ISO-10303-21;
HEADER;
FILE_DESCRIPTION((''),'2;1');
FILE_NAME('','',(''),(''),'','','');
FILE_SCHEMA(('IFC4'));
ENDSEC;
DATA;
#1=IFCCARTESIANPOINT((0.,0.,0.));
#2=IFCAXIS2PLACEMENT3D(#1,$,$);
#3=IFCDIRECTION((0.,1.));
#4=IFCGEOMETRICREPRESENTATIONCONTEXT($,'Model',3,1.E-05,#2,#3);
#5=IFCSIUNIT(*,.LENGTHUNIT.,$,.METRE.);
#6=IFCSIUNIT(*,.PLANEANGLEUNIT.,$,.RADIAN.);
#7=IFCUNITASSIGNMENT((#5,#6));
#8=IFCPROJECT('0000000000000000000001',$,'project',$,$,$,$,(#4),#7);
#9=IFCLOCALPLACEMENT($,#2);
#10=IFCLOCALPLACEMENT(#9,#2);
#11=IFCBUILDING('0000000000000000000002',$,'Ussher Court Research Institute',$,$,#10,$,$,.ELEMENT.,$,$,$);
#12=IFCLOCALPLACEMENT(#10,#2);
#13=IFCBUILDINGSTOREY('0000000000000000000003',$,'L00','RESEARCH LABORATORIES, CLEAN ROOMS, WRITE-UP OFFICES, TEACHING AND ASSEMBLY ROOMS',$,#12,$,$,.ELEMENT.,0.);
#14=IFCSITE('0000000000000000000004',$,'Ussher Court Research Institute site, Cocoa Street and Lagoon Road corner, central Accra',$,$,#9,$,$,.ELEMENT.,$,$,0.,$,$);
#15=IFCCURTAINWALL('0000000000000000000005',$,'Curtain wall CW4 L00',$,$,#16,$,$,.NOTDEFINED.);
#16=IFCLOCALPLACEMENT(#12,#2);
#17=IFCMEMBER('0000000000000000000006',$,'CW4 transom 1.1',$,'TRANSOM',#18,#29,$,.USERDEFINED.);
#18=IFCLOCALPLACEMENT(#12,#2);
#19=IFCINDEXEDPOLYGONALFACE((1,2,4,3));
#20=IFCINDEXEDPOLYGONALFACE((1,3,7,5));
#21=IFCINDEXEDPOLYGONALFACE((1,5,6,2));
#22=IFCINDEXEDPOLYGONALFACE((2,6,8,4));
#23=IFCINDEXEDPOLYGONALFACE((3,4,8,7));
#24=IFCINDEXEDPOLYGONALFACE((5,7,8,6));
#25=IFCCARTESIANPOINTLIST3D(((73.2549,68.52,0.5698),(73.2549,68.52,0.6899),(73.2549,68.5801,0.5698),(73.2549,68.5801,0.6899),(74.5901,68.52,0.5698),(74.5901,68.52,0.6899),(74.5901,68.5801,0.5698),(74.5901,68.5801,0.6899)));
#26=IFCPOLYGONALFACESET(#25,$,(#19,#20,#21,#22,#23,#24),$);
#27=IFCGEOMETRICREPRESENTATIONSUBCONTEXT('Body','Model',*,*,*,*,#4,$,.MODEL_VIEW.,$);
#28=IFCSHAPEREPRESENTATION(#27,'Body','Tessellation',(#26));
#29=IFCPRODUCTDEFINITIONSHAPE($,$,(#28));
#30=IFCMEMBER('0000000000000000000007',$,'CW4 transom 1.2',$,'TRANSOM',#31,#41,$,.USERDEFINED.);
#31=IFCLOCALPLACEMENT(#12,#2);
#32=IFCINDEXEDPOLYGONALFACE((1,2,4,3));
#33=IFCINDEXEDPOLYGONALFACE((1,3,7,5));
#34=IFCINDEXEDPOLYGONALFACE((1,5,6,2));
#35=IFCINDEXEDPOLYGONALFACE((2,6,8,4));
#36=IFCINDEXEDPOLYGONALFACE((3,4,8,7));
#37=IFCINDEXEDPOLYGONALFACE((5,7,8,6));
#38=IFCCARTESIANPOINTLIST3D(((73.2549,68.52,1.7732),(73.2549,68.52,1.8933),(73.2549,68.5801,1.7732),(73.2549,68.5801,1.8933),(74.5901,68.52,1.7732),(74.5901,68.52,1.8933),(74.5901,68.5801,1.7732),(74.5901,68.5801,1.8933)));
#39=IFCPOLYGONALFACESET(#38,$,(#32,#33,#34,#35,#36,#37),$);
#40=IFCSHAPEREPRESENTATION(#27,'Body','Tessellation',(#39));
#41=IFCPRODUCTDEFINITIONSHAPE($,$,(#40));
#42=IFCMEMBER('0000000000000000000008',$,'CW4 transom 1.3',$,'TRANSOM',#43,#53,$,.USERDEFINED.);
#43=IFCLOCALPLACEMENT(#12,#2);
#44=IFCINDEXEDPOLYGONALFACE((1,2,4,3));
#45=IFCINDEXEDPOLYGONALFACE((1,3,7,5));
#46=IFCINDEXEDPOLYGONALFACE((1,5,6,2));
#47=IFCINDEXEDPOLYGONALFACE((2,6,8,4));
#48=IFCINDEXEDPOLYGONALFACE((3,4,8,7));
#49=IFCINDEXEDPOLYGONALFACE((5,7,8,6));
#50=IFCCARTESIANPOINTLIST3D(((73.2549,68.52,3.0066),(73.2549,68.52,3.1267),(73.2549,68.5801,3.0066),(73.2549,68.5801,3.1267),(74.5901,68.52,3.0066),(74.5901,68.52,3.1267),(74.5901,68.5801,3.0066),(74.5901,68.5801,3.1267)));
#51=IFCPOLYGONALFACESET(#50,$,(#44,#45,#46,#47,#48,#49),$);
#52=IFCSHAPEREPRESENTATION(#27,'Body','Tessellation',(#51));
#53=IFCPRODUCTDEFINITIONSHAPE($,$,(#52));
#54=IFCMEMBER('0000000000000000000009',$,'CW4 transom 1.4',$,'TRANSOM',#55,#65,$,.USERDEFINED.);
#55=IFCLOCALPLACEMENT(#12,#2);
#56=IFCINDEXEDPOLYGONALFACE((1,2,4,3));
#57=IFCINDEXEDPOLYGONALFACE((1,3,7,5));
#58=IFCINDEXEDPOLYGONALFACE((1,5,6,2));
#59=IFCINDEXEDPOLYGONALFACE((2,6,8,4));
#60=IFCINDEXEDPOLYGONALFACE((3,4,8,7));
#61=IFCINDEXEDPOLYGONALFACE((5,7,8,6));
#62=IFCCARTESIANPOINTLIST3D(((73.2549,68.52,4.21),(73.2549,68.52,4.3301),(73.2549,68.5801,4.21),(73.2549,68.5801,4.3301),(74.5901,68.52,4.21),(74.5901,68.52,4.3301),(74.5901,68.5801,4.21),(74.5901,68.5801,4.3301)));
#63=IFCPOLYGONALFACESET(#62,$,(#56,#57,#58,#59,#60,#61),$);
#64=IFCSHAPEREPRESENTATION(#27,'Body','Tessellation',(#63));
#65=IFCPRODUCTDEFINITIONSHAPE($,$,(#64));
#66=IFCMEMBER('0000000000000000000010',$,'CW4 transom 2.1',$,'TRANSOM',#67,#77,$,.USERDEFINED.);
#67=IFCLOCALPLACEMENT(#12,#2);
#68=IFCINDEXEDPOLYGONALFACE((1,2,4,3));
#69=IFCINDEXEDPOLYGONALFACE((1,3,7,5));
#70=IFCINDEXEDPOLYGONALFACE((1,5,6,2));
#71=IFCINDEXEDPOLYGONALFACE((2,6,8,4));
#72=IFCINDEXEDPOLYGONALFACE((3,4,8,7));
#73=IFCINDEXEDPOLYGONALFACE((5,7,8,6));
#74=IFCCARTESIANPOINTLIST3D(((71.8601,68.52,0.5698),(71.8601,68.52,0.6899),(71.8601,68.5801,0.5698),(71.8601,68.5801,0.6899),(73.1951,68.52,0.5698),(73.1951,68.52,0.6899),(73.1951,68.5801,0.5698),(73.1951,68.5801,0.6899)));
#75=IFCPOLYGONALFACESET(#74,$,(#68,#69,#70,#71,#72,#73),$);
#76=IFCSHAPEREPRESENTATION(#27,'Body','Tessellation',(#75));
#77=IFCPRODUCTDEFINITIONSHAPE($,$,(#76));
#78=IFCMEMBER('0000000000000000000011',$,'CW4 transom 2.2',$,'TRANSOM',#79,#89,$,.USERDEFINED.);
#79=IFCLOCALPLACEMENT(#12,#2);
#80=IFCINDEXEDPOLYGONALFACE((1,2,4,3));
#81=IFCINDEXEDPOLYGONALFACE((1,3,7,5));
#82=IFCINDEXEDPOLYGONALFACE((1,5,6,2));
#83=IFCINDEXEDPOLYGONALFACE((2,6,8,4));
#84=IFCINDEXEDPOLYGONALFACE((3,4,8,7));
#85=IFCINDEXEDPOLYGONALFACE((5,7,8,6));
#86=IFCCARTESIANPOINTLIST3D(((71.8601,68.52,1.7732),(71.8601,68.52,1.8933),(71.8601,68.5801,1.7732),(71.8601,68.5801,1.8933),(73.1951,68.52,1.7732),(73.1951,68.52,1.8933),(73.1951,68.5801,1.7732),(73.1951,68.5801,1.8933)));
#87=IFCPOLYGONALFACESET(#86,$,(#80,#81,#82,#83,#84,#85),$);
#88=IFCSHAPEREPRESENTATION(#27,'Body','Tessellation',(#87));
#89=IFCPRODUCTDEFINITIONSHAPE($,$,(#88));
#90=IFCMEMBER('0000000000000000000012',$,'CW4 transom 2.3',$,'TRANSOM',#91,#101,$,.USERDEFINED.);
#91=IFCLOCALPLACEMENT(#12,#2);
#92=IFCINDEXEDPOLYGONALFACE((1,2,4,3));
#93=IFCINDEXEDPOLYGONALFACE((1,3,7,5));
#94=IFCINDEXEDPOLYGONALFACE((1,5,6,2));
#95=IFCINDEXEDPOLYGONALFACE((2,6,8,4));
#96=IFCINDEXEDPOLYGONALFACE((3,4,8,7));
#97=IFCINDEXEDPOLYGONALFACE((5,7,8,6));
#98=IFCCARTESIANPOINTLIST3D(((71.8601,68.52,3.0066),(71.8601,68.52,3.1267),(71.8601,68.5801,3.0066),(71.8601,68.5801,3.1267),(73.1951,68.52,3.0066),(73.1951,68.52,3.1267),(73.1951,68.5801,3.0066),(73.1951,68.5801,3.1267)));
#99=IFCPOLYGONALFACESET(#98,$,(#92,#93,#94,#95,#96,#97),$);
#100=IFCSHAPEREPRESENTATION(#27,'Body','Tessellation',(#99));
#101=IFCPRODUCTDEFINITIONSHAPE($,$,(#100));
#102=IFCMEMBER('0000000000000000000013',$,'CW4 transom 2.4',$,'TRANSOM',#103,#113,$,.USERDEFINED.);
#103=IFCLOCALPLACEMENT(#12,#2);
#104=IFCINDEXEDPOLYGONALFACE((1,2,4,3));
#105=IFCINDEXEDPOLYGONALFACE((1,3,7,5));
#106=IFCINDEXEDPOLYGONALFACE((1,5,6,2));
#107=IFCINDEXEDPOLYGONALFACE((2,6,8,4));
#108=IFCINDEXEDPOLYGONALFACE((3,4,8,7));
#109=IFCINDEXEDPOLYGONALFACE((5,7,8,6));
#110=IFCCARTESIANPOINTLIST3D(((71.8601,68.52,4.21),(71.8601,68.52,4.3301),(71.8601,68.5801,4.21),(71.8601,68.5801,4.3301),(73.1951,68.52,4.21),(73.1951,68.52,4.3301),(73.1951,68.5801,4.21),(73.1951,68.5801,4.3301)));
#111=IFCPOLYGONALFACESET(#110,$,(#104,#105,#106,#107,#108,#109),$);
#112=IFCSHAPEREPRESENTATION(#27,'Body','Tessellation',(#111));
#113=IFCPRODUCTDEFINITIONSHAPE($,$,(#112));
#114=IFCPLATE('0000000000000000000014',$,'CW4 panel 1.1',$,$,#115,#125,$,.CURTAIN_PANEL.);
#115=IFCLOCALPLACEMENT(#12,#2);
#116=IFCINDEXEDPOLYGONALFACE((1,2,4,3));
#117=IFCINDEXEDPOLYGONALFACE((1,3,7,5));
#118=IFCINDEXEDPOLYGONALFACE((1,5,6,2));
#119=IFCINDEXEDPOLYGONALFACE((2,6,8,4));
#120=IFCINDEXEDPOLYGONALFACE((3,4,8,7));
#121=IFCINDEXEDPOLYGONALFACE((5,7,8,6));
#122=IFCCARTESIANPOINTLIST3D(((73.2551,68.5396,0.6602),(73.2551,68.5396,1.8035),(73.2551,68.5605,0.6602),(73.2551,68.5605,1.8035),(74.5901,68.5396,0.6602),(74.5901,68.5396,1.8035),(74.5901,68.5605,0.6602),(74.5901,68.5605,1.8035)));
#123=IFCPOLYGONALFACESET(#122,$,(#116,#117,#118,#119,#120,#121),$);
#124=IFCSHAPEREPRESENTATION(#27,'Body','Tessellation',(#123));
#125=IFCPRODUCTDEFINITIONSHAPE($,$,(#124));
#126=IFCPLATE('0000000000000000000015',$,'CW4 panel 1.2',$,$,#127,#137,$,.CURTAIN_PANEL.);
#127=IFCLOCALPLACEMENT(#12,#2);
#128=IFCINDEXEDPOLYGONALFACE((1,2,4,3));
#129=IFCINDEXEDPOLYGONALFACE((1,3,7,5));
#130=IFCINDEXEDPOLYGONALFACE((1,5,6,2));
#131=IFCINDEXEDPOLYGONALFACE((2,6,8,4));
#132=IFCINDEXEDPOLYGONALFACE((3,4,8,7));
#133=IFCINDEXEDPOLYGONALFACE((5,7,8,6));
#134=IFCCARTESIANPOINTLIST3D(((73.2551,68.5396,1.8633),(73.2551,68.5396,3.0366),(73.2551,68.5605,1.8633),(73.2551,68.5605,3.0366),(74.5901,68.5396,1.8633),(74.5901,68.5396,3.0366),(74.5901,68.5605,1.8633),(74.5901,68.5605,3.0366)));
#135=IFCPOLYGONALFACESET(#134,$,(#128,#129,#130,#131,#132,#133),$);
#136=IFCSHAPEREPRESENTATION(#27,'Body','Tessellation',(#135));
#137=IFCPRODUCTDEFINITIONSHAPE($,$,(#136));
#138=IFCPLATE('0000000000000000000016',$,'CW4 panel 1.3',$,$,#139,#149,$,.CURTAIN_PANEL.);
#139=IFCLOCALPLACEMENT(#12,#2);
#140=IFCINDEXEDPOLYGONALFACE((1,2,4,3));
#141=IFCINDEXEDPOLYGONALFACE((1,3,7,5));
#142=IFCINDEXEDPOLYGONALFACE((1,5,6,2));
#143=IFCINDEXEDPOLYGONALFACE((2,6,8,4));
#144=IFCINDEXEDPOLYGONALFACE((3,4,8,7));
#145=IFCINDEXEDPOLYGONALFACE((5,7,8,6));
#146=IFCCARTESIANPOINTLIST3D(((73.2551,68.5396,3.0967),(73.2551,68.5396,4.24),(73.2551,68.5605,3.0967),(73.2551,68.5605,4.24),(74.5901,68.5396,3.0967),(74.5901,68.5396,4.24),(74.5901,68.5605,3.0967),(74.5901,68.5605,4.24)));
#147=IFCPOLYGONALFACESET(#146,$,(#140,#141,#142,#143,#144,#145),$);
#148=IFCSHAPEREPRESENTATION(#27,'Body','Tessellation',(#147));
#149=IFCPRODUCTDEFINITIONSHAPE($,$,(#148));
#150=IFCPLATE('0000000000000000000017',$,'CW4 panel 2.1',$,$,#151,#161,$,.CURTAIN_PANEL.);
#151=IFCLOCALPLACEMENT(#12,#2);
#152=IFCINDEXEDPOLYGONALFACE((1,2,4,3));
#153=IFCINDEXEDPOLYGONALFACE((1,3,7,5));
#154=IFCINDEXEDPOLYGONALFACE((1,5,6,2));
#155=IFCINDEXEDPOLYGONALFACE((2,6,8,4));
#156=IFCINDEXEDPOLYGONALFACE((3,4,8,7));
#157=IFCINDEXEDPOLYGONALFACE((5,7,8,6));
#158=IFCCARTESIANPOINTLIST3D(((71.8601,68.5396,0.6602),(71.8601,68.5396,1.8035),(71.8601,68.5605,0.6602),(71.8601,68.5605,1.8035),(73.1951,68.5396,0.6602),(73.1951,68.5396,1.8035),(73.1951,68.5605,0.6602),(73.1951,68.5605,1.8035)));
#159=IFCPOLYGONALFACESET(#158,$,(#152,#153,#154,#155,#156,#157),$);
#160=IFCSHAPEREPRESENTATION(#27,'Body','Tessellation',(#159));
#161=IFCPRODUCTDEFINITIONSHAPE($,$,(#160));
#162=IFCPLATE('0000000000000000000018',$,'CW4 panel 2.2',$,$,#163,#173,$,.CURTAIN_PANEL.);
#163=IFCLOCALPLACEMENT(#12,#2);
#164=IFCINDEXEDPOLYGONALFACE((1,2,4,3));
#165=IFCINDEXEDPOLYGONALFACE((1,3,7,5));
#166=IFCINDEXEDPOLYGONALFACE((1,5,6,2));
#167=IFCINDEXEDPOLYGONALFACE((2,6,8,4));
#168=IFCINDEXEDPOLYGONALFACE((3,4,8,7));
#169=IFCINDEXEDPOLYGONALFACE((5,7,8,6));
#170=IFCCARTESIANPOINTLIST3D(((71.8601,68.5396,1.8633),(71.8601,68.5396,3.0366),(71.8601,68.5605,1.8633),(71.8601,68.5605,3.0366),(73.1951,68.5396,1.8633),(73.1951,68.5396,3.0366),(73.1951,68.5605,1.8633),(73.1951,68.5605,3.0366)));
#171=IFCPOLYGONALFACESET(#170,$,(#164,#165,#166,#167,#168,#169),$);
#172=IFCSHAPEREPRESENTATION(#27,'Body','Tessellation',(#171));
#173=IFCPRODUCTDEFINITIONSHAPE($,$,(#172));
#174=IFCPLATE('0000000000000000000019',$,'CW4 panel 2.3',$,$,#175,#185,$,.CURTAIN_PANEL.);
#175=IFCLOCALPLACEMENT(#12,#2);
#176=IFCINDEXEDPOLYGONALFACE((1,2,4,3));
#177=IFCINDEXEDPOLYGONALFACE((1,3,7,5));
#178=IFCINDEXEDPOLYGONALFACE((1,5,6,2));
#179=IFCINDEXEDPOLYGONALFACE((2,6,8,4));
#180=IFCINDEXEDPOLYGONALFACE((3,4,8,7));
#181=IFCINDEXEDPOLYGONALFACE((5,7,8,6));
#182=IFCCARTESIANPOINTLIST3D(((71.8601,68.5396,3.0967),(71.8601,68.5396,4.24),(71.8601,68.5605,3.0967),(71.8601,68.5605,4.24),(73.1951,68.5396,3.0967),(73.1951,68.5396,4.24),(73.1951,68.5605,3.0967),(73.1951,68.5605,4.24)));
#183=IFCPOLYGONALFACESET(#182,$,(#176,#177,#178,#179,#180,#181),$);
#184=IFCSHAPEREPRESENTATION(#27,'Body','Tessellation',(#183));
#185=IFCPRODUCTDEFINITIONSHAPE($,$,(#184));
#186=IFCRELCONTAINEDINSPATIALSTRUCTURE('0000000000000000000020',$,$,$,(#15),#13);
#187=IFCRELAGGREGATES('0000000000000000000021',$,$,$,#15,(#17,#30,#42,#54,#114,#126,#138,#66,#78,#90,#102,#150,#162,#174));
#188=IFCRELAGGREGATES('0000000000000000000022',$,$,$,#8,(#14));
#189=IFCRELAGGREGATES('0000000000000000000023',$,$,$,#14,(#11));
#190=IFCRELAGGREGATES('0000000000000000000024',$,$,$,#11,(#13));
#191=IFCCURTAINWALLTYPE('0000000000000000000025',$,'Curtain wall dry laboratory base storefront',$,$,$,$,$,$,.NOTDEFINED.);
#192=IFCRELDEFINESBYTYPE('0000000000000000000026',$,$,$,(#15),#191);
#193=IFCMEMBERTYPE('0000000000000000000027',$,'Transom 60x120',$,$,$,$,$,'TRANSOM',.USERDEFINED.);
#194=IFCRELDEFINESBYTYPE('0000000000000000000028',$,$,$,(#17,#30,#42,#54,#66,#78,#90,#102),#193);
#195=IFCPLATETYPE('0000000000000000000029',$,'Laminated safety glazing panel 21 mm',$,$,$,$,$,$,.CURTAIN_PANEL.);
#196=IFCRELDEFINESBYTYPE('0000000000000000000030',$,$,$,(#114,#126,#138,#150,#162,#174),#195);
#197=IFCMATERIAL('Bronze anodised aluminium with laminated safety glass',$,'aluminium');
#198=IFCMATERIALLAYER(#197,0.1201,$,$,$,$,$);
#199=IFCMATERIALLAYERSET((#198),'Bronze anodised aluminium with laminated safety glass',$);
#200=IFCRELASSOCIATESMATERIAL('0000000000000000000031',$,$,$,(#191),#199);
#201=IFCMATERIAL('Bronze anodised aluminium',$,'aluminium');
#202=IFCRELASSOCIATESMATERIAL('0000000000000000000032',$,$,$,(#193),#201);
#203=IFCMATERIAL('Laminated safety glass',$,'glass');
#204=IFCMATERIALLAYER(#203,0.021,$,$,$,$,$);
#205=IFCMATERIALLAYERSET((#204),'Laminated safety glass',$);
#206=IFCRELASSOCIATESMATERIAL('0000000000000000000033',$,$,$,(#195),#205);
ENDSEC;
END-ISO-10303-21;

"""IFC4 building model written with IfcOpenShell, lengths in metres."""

from ifc_helpers import new_model, si_unit, direction, frame, origin, origin_2d, place, context, subcontext, project, spatial, rectangle, extrude, material, layer, layer_set, material_profile, profile_set, type_object, element, aggregate, save


model = new_model("IFC4")

# Units and contexts
model_context = context("Model", 3, precision=1e-05, world=origin(), true_north=direction((0.0, 1.0)))
body_context = subcontext(model_context, "Body", "Model", "MODEL_VIEW")
ifc_project = project(units=[si_unit("LENGTHUNIT", "METRE"), si_unit("PLANEANGLEUNIT", "RADIAN")], contexts=[model_context])

# Site, building, storey
site_placement = place(None, origin())
site = spatial("IfcSite", under=ifc_project, at=site_placement, Name="Ussher Court Research Institute site, Cocoa Street and Lagoon Road corner, central Accra", CompositionType="ELEMENT", RefElevation=0.0)
building_placement = place(site_placement, origin())
building = spatial("IfcBuilding", under=site, at=building_placement, Name="Ussher Court Research Institute", CompositionType="ELEMENT")
storey_placement = place(building_placement, origin())
storey = spatial("IfcBuildingStorey", under=building, at=storey_placement, Name="L00", Description="RESEARCH LABORATORIES, CLEAN ROOMS, WRITE-UP OFFICES, TEACHING AND ASSEMBLY ROOMS", CompositionType="ELEMENT", Elevation=0.0)

# Curtain wall
ifc_material_1 = material(Name="Bronze anodised aluminium with laminated safety glass", Category="aluminium")
ifc_layer_1 = layer(ifc_material_1, 0.1201)
ifc_layer_set_1 = layer_set([ifc_layer_1], Name="Bronze anodised aluminium with laminated safety glass")
curtain_wall_type = type_object("IfcCurtainWallType", Name="Curtain wall dry laboratory base storefront", PredefinedType="NOTDEFINED", material=ifc_layer_set_1)
curtain_wall_placement = place(storey_placement, origin())
curtain_wall = element("IfcCurtainWall", 1, at=curtain_wall_placement, inside=storey, type_object=curtain_wall_type, Name="Curtain wall CW4 L00", PredefinedType="NOTDEFINED")

# Members
ifc_material_2 = material(Name="Bronze anodised aluminium", Category="aluminium")
ifc_material_profile_1 = material_profile(ifc_material_2, rectangle(XDim=0.0601, YDim=0.1201, at=origin_2d()), Name="Transom 60x120")
ifc_profile_set_1 = profile_set([ifc_material_profile_1], Name="Bronze anodised aluminium")
member_type_1 = type_object("IfcMemberType", Name="Transom 60x120", ElementType="TRANSOM", PredefinedType="USERDEFINED", material=ifc_profile_set_1)
member_1_placement = place(storey_placement, frame((74.5901, 68.55, 0.6299), z_axis=(-1.0, 0.0, 0.0), x_axis=(0.0, -1.0, 0.0)))
member_1 = element("IfcMember", 2, at=member_1_placement, type_object=member_type_1, Name="CW4 transom 1.1", ObjectType="TRANSOM", PredefinedType="USERDEFINED", context=body_context, shape_type="SweptSolid", body=[
    extrude(rectangle(XDim=0.0601, YDim=0.1201, at=origin_2d()), origin(), (0.0, 0.0, 1.0), 1.3352),
])
member_2_placement = place(storey_placement, frame((74.5901, 68.55, 1.8333), z_axis=(-1.0, 0.0, 0.0), x_axis=(0.0, -1.0, 0.0)))
member_2 = element("IfcMember", 3, at=member_2_placement, type_object=member_type_1, Name="CW4 transom 1.2", ObjectType="TRANSOM", PredefinedType="USERDEFINED", context=body_context, shape_type="SweptSolid", body=[
    extrude(rectangle(XDim=0.0601, YDim=0.1201, at=origin_2d()), origin(), (0.0, 0.0, 1.0), 1.3352),
])
member_3_placement = place(storey_placement, frame((74.5901, 68.55, 3.0667), z_axis=(-1.0, 0.0, 0.0), x_axis=(0.0, -1.0, 0.0)))
member_3 = element("IfcMember", 4, at=member_3_placement, type_object=member_type_1, Name="CW4 transom 1.3", ObjectType="TRANSOM", PredefinedType="USERDEFINED", context=body_context, shape_type="SweptSolid", body=[
    extrude(rectangle(XDim=0.0601, YDim=0.1201, at=origin_2d()), origin(), (0.0, 0.0, 1.0), 1.3352),
])
member_4_placement = place(storey_placement, frame((74.5901, 68.55, 4.27), z_axis=(-1.0, 0.0, 0.0), x_axis=(0.0, -1.0, 0.0)))
member_4 = element("IfcMember", 5, at=member_4_placement, type_object=member_type_1, Name="CW4 transom 1.4", ObjectType="TRANSOM", PredefinedType="USERDEFINED", context=body_context, shape_type="SweptSolid", body=[
    extrude(rectangle(XDim=0.0601, YDim=0.1201, at=origin_2d()), origin(), (0.0, 0.0, 1.0), 1.3352),
])
member_5_placement = place(storey_placement, frame((73.1951, 68.55, 0.6299), z_axis=(-1.0, 0.0, 0.0), x_axis=(0.0, -1.0, 0.0)))
member_5 = element("IfcMember", 6, at=member_5_placement, type_object=member_type_1, Name="CW4 transom 2.1", ObjectType="TRANSOM", PredefinedType="USERDEFINED", context=body_context, shape_type="SweptSolid", body=[
    extrude(rectangle(XDim=0.0601, YDim=0.1201, at=origin_2d()), origin(), (0.0, 0.0, 1.0), 1.335),
])
member_6_placement = place(storey_placement, frame((73.1951, 68.55, 1.8333), z_axis=(-1.0, 0.0, 0.0), x_axis=(0.0, -1.0, 0.0)))
member_6 = element("IfcMember", 7, at=member_6_placement, type_object=member_type_1, Name="CW4 transom 2.2", ObjectType="TRANSOM", PredefinedType="USERDEFINED", context=body_context, shape_type="SweptSolid", body=[
    extrude(rectangle(XDim=0.0601, YDim=0.1201, at=origin_2d()), origin(), (0.0, 0.0, 1.0), 1.335),
])
member_7_placement = place(storey_placement, frame((73.1951, 68.55, 3.0667), z_axis=(-1.0, 0.0, 0.0), x_axis=(0.0, -1.0, 0.0)))
member_7 = element("IfcMember", 8, at=member_7_placement, type_object=member_type_1, Name="CW4 transom 2.3", ObjectType="TRANSOM", PredefinedType="USERDEFINED", context=body_context, shape_type="SweptSolid", body=[
    extrude(rectangle(XDim=0.0601, YDim=0.1201, at=origin_2d()), origin(), (0.0, 0.0, 1.0), 1.335),
])
member_8_placement = place(storey_placement, frame((73.1951, 68.55, 4.27), z_axis=(-1.0, 0.0, 0.0), x_axis=(0.0, -1.0, 0.0)))
member_8 = element("IfcMember", 9, at=member_8_placement, type_object=member_type_1, Name="CW4 transom 2.4", ObjectType="TRANSOM", PredefinedType="USERDEFINED", context=body_context, shape_type="SweptSolid", body=[
    extrude(rectangle(XDim=0.0601, YDim=0.1201, at=origin_2d()), origin(), (0.0, 0.0, 1.0), 1.335),
])

# Plates
ifc_material_3 = material(Name="Laminated safety glass", Category="glass")
ifc_layer_2 = layer(ifc_material_3, 0.021)
ifc_layer_set_2 = layer_set([ifc_layer_2], Name="Laminated safety glass")
plate_type = type_object("IfcPlateType", Name="Laminated safety glazing panel 21 mm", PredefinedType="CURTAIN_PANEL", material=ifc_layer_set_2)
plate_1_placement = place(storey_placement, frame((73.9226, 68.55, 0.6602), z_axis=(0.0, 0.0, 1.0), x_axis=(-1.0, 0.0, 0.0)))
plate_1 = element("IfcPlate", 10, at=plate_1_placement, type_object=plate_type, Name="CW4 panel 1.1", PredefinedType="CURTAIN_PANEL", context=body_context, shape_type="SweptSolid", body=[
    extrude(rectangle(XDim=1.335, YDim=0.021, at=origin_2d()), origin(), (0.0, 0.0, 1.0), 1.1433),
])
plate_2_placement = place(storey_placement, frame((73.9226, 68.55, 1.8633), z_axis=(0.0, 0.0, 1.0), x_axis=(-1.0, 0.0, 0.0)))
plate_2 = element("IfcPlate", 11, at=plate_2_placement, type_object=plate_type, Name="CW4 panel 1.2", PredefinedType="CURTAIN_PANEL", context=body_context, shape_type="SweptSolid", body=[
    extrude(rectangle(XDim=1.335, YDim=0.021, at=origin_2d()), origin(), (0.0, 0.0, 1.0), 1.1733),
])
plate_3_placement = place(storey_placement, frame((73.9226, 68.55, 3.0967), z_axis=(0.0, 0.0, 1.0), x_axis=(-1.0, 0.0, 0.0)))
plate_3 = element("IfcPlate", 12, at=plate_3_placement, type_object=plate_type, Name="CW4 panel 1.3", PredefinedType="CURTAIN_PANEL", context=body_context, shape_type="SweptSolid", body=[
    extrude(rectangle(XDim=1.335, YDim=0.021, at=origin_2d()), origin(), (0.0, 0.0, 1.0), 1.1433),
])
plate_4_placement = place(storey_placement, frame((72.5276, 68.55, 0.6602), z_axis=(0.0, 0.0, 1.0), x_axis=(-1.0, 0.0, 0.0)))
plate_4 = element("IfcPlate", 13, at=plate_4_placement, type_object=plate_type, Name="CW4 panel 2.1", PredefinedType="CURTAIN_PANEL", context=body_context, shape_type="SweptSolid", body=[
    extrude(rectangle(XDim=1.335, YDim=0.021, at=origin_2d()), origin(), (0.0, 0.0, 1.0), 1.1433),
])
plate_5_placement = place(storey_placement, frame((72.5276, 68.55, 1.8633), z_axis=(0.0, 0.0, 1.0), x_axis=(-1.0, 0.0, 0.0)))
plate_5 = element("IfcPlate", 14, at=plate_5_placement, type_object=plate_type, Name="CW4 panel 2.2", PredefinedType="CURTAIN_PANEL", context=body_context, shape_type="SweptSolid", body=[
    extrude(rectangle(XDim=1.335, YDim=0.021, at=origin_2d()), origin(), (0.0, 0.0, 1.0), 1.1733),
])
plate_6_placement = place(storey_placement, frame((72.5276, 68.55, 3.0967), z_axis=(0.0, 0.0, 1.0), x_axis=(-1.0, 0.0, 0.0)))
plate_6 = element("IfcPlate", 15, at=plate_6_placement, type_object=plate_type, Name="CW4 panel 2.3", PredefinedType="CURTAIN_PANEL", context=body_context, shape_type="SweptSolid", body=[
    extrude(rectangle(XDim=1.335, YDim=0.021, at=origin_2d()), origin(), (0.0, 0.0, 1.0), 1.1433),
])
aggregate(curtain_wall, [member_1, member_2, member_3, member_4, plate_1, plate_2, plate_3, member_5, member_6, member_7, member_8, plate_4, plate_5, plate_6])

save(model, "model.ifc")
